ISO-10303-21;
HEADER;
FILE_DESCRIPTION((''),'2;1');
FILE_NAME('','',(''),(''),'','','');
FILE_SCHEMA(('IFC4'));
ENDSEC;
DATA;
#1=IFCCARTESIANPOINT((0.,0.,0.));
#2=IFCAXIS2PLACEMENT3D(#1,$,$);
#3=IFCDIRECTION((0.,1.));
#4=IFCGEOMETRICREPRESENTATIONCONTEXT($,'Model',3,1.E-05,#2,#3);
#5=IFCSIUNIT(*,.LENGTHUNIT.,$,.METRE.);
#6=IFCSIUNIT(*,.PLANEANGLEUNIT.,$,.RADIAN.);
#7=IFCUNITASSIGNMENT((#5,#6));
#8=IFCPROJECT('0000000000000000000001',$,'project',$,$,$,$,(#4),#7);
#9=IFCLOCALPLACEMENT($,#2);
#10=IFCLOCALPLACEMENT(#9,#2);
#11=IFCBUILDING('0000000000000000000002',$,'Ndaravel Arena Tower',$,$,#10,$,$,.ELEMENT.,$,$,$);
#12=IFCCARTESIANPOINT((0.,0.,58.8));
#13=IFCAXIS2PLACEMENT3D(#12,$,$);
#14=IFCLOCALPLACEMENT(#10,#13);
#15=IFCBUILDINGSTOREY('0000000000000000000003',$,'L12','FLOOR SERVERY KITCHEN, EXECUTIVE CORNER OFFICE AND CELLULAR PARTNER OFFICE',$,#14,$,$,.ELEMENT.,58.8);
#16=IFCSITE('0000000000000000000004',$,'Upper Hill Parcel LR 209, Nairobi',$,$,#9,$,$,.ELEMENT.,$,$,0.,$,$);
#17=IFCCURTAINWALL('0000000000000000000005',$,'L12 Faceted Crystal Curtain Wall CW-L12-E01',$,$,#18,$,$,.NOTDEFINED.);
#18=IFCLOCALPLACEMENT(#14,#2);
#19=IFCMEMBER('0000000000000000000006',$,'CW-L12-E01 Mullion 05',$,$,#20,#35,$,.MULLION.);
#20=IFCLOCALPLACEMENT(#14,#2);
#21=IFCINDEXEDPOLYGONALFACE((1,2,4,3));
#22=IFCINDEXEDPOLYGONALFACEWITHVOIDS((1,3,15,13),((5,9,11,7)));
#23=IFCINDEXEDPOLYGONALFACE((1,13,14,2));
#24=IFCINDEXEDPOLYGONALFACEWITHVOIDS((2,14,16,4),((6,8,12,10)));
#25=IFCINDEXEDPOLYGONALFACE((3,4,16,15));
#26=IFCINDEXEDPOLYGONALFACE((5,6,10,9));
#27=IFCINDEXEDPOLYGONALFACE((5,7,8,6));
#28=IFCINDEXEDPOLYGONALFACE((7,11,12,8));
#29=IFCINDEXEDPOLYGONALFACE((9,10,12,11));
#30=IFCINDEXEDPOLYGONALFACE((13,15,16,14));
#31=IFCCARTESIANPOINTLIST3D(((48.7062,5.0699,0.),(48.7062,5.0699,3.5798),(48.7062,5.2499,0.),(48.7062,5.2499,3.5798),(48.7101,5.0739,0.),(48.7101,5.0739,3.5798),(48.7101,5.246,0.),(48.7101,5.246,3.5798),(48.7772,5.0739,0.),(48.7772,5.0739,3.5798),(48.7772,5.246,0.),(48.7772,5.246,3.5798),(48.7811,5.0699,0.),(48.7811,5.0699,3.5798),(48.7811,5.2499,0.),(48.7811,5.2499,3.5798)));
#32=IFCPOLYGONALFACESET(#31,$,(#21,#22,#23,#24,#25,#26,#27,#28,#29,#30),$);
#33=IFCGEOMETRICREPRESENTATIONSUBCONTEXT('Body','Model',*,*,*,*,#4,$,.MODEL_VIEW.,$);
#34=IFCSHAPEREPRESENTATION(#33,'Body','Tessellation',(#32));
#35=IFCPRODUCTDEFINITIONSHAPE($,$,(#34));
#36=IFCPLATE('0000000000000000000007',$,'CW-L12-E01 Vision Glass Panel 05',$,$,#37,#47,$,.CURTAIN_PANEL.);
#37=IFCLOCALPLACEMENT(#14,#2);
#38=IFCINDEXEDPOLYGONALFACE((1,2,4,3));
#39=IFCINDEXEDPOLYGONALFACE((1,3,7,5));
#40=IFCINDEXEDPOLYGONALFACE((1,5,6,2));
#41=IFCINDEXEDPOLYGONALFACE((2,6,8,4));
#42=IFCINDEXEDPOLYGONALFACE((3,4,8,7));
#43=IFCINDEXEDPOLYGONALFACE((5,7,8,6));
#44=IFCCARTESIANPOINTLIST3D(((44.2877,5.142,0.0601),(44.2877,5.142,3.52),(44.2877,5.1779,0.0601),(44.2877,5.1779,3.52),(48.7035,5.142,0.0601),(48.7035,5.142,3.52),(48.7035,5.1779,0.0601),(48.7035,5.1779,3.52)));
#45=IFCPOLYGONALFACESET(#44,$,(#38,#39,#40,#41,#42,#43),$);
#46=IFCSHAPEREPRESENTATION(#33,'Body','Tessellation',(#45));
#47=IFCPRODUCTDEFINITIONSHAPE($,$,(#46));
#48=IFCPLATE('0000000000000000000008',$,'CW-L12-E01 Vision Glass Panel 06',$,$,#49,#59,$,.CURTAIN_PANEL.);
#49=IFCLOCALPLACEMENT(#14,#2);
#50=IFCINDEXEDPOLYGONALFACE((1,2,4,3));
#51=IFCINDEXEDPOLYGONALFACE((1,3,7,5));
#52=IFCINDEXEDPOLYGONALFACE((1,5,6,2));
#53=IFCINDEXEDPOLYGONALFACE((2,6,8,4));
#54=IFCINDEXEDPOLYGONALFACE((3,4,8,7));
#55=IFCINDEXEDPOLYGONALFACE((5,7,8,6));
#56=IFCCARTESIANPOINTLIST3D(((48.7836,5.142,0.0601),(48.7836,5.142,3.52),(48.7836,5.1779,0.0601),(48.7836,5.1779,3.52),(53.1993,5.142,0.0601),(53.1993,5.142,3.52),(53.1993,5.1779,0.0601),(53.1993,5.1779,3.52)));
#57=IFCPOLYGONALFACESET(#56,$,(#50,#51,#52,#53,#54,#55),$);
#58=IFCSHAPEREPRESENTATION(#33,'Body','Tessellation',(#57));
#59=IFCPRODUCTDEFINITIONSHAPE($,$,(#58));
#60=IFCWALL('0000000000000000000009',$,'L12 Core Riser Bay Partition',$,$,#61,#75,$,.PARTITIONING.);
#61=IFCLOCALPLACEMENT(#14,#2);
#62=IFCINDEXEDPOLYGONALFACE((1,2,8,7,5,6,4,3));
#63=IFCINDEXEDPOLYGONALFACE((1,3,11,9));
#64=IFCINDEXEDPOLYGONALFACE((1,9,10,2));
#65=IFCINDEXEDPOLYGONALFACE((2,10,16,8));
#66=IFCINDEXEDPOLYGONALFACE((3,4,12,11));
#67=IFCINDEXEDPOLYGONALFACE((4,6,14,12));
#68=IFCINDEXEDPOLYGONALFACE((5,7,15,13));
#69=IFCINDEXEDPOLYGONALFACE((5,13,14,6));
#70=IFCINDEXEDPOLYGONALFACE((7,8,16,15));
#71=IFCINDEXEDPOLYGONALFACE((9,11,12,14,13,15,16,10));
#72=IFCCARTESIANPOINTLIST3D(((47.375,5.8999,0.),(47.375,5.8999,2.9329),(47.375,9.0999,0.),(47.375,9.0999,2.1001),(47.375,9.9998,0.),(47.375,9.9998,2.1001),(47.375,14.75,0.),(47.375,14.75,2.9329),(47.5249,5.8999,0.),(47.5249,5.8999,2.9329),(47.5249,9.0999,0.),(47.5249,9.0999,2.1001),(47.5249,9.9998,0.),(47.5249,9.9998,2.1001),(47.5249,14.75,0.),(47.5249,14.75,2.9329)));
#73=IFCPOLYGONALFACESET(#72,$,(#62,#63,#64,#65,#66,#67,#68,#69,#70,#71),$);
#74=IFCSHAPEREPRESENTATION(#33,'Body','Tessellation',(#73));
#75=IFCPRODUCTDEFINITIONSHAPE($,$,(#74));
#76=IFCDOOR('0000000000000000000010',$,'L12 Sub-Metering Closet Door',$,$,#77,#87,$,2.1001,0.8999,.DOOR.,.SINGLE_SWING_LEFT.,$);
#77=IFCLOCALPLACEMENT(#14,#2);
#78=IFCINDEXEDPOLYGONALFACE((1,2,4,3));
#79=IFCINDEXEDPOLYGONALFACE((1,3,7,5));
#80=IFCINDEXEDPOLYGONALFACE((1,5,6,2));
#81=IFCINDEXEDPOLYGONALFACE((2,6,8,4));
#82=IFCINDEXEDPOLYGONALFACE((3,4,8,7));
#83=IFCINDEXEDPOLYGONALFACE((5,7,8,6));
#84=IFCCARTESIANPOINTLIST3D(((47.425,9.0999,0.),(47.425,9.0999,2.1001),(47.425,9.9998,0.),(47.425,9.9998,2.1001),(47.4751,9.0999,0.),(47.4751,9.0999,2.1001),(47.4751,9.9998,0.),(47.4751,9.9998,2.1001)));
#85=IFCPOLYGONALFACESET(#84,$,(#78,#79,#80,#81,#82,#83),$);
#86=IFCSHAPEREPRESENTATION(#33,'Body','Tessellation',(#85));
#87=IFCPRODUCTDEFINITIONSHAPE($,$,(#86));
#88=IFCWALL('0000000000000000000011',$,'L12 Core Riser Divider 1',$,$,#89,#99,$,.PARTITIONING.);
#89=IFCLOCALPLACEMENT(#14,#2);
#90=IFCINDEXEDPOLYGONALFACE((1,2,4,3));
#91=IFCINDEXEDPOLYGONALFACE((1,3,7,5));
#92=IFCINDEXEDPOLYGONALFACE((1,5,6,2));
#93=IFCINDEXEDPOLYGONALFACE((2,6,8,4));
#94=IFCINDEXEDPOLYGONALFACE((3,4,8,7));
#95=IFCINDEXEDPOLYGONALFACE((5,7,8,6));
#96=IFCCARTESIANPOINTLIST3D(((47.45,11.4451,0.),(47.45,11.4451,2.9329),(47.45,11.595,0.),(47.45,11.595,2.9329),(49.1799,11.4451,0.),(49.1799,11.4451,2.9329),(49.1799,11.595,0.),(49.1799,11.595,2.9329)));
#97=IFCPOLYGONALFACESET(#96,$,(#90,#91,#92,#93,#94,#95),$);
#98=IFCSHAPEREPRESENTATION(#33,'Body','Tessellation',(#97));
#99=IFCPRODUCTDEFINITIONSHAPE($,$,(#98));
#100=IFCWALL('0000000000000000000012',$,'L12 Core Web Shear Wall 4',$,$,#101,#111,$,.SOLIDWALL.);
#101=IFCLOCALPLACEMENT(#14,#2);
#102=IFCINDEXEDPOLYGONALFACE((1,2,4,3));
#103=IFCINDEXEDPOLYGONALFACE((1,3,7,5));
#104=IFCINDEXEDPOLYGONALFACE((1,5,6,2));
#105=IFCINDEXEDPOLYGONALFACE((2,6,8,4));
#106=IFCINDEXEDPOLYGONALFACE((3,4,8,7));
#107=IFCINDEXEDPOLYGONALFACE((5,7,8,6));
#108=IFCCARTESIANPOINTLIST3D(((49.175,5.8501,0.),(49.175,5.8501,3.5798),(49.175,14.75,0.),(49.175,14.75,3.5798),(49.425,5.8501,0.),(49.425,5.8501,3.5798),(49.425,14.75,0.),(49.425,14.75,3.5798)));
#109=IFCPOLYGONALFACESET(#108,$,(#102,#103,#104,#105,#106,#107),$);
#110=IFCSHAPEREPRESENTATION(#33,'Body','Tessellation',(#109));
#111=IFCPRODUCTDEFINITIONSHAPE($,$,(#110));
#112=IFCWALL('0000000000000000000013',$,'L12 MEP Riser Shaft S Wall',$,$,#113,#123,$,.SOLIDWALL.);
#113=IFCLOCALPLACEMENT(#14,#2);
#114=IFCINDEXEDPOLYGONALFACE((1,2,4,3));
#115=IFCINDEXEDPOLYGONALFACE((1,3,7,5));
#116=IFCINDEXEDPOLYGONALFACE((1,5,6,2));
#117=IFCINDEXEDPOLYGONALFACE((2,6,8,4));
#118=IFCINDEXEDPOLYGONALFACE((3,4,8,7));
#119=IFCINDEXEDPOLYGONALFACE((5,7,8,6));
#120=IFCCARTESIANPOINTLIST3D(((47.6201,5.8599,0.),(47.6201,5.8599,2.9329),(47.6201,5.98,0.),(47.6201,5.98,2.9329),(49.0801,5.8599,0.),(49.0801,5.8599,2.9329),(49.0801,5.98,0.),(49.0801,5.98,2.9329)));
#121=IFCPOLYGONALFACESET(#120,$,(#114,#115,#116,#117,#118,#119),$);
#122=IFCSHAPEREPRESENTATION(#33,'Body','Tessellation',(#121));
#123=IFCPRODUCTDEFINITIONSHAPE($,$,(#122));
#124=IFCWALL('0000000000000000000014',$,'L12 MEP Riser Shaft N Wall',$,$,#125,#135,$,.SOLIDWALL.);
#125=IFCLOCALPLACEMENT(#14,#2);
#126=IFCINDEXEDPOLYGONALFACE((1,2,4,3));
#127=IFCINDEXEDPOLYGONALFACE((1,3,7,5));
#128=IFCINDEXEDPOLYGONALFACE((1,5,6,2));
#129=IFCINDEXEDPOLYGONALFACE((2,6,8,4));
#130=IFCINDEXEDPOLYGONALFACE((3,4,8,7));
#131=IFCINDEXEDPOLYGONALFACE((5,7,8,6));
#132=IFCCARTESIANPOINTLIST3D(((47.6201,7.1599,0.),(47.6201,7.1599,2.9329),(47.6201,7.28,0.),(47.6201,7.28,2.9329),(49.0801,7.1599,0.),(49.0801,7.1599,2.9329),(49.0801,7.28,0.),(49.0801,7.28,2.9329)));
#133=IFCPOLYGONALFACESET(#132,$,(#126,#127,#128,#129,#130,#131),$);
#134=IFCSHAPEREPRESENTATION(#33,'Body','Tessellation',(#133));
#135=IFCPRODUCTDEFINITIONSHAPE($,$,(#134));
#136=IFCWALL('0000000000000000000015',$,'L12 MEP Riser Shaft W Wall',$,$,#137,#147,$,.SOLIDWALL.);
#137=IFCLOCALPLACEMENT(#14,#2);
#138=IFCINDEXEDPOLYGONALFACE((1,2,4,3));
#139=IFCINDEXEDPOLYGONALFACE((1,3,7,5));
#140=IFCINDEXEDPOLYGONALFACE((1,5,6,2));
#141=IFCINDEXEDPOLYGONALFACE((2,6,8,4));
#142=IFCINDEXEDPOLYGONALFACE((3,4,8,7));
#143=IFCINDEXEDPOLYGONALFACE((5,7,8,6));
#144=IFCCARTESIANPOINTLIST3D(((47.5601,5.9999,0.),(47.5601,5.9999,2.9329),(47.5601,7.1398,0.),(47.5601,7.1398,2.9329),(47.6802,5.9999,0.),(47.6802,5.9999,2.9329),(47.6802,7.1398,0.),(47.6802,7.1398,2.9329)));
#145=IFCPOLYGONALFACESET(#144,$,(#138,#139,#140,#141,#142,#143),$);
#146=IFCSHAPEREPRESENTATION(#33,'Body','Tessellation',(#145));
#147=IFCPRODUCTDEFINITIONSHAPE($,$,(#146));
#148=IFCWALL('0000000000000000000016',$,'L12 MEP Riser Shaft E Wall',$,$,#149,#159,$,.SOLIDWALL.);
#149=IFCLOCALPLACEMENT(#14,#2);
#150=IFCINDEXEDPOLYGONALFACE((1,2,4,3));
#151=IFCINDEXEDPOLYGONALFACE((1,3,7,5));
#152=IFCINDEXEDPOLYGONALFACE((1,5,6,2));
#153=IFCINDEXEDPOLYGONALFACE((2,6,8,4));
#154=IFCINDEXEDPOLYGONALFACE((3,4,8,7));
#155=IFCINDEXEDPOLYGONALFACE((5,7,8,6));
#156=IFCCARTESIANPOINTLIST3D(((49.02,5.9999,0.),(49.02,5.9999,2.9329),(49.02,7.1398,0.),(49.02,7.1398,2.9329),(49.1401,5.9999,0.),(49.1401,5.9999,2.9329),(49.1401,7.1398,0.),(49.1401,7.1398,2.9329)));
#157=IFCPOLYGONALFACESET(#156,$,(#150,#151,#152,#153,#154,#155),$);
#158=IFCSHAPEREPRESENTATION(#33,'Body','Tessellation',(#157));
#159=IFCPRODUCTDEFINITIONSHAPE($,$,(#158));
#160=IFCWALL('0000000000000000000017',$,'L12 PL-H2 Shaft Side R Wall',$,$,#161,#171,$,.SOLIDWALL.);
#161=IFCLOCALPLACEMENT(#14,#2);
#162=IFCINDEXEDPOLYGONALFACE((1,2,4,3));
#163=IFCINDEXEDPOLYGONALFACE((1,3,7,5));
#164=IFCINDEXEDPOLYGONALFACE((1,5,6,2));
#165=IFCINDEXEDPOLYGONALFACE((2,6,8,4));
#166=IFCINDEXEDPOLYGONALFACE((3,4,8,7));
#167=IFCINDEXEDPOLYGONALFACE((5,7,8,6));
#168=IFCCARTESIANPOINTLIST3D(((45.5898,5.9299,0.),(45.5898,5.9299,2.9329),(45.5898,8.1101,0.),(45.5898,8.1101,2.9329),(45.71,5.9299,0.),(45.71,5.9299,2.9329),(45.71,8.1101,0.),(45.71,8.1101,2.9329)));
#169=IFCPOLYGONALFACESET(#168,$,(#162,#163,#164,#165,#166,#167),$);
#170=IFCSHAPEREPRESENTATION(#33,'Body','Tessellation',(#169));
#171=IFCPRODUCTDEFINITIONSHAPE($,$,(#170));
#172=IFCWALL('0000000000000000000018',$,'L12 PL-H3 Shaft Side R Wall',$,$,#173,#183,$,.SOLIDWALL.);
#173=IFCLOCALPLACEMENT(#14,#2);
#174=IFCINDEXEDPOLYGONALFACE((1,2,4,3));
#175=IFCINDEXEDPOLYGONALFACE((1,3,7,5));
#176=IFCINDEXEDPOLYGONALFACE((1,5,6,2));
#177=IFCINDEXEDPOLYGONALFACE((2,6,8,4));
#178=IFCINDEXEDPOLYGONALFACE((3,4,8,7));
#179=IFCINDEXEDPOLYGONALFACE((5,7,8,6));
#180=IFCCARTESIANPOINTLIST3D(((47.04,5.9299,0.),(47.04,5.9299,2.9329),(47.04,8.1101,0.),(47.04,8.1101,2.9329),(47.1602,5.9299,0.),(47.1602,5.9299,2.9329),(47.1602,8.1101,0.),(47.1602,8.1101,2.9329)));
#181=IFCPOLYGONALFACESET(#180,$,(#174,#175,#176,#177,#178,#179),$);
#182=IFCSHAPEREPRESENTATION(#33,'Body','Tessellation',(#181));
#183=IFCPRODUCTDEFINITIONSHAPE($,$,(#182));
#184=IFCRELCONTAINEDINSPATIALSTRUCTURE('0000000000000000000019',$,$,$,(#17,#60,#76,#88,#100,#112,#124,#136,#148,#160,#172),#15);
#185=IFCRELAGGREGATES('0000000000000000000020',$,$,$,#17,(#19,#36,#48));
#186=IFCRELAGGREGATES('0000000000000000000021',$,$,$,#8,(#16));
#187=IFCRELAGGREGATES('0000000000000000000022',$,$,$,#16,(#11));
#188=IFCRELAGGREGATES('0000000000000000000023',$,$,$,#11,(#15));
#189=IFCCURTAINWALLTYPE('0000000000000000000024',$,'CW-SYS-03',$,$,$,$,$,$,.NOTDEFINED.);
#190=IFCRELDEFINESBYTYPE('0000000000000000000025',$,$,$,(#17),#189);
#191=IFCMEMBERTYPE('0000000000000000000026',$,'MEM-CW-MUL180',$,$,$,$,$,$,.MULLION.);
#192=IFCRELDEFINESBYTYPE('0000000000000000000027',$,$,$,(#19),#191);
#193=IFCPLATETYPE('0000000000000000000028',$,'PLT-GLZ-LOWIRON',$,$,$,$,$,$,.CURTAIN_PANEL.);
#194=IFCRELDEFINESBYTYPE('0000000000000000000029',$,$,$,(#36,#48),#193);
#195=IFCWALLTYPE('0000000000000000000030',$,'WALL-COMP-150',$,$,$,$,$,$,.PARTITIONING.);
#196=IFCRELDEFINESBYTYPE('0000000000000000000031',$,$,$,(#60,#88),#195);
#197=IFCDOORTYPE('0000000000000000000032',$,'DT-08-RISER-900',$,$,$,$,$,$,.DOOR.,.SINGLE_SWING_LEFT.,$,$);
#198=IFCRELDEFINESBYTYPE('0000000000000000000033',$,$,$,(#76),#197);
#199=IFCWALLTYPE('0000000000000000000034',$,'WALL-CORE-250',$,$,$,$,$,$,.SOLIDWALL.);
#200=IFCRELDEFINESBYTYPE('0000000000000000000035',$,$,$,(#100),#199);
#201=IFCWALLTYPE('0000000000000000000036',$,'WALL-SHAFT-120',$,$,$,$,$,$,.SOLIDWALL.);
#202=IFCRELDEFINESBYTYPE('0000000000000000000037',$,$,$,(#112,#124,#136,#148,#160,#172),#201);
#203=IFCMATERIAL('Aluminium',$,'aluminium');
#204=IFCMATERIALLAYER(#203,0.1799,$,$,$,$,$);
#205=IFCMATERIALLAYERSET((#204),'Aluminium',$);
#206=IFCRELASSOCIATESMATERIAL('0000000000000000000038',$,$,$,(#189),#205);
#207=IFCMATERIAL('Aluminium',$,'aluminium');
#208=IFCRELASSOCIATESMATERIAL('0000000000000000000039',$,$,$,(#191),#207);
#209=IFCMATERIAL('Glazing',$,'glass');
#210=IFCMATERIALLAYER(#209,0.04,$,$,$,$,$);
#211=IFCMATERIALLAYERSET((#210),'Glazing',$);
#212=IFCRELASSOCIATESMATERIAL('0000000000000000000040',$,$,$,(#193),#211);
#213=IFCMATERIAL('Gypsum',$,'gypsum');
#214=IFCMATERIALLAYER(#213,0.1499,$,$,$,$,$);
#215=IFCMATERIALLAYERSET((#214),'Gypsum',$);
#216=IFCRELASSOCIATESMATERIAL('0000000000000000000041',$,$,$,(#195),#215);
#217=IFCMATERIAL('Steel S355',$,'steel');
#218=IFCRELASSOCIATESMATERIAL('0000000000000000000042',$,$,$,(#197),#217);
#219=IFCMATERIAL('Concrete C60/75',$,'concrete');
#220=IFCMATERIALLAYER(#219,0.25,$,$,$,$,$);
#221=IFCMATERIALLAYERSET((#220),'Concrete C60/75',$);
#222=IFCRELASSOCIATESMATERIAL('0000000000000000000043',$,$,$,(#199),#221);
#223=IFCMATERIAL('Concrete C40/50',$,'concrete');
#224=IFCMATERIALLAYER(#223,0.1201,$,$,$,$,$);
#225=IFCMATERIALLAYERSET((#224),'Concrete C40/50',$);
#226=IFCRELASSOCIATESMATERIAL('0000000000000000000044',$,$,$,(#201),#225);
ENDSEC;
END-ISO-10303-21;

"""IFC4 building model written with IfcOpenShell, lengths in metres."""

from ifc_helpers import new_model, si_unit, direction, frame, frame_2d, origin, origin_2d, place, context, subcontext, project, spatial, rectangle, hollow_rectangle, extrude, material, layer, layer_set, material_profile, profile_set, type_object, element, fill, aggregate, save


model = new_model("IFC4")

# Units and contexts
model_context = context("Model", 3, precision=1e-05, world=origin(), true_north=direction((0.0, 1.0)))
body_context = subcontext(model_context, "Body", "Model", "MODEL_VIEW")
ifc_project = project(units=[si_unit("LENGTHUNIT", "METRE"), si_unit("PLANEANGLEUNIT", "RADIAN")], contexts=[model_context])

# Site, building, storey
site_placement = place(None, origin())
site = spatial("IfcSite", under=ifc_project, at=site_placement, Name="Upper Hill Parcel LR 209, Nairobi", CompositionType="ELEMENT", RefElevation=0.0)
building_placement = place(site_placement, origin())
building = spatial("IfcBuilding", under=site, at=building_placement, Name="Ndaravel Arena Tower", CompositionType="ELEMENT")
storey_placement = place(building_placement, frame((0.0, 0.0, 58.8)))
storey = spatial("IfcBuildingStorey", under=building, at=storey_placement, Name="L12", Description="FLOOR SERVERY KITCHEN, EXECUTIVE CORNER OFFICE AND CELLULAR PARTNER OFFICE", CompositionType="ELEMENT", Elevation=58.8)

# Curtain wall, member, plates
ifc_material_1 = material(Name="Aluminium", Category="aluminium")
ifc_layer_1 = layer(ifc_material_1, 0.1799)
ifc_layer_set_1 = layer_set([ifc_layer_1], Name="Aluminium")
curtain_wall_type = type_object("IfcCurtainWallType", Name="CW-SYS-03", PredefinedType="NOTDEFINED", material=ifc_layer_set_1)
curtain_wall_placement = place(storey_placement, origin())
curtain_wall = element("IfcCurtainWall", 1, at=curtain_wall_placement, inside=storey, type_object=curtain_wall_type, Name="L12 Faceted Crystal Curtain Wall CW-L12-E01", PredefinedType="NOTDEFINED")
ifc_material_2 = material(Name="Aluminium", Category="aluminium")
ifc_material_profile = material_profile(ifc_material_2, hollow_rectangle(XDim=0.075, YDim=0.1799, WallThickness=0.0039, at=origin_2d()), Name="CW MULLION 75x180x4")
ifc_profile_set = profile_set([ifc_material_profile], Name="Aluminium")
member_type = type_object("IfcMemberType", Name="MEM-CW-MUL180", PredefinedType="MULLION", material=ifc_profile_set)
member_placement = place(storey_placement, frame((48.7437, 5.1599, 0.0), z_axis=(0.0, 0.0, 1.0), x_axis=(1.0, 0.0, 0.0)))
member = element("IfcMember", 2, at=member_placement, type_object=member_type, Name="CW-L12-E01 Mullion 05", PredefinedType="MULLION", context=body_context, shape_type="SweptSolid", body=[
    extrude(hollow_rectangle(XDim=0.075, YDim=0.1799, WallThickness=0.0039, at=origin_2d()), origin(), (0.0, 0.0, 1.0), 3.5798),
])
ifc_material_3 = material(Name="Glazing", Category="glass")
ifc_layer_2 = layer(ifc_material_3, 0.04)
ifc_layer_set_2 = layer_set([ifc_layer_2], Name="Glazing")
plate_type = type_object("IfcPlateType", Name="PLT-GLZ-LOWIRON", PredefinedType="CURTAIN_PANEL", material=ifc_layer_set_2)
plate_1_placement = place(storey_placement, frame((46.4956, 5.1599, 0.0601), z_axis=(0.0, 0.0, 1.0), x_axis=(1.0, 0.0, 0.0)))
plate_1 = element("IfcPlate", 3, at=plate_1_placement, type_object=plate_type, Name="CW-L12-E01 Vision Glass Panel 05", PredefinedType="CURTAIN_PANEL", context=body_context, shape_type="SweptSolid", body=[
    extrude(rectangle(XDim=4.4158, YDim=0.0359, at=origin_2d()), origin(), (0.0, 0.0, 1.0), 3.46),
])
plate_2_placement = place(storey_placement, frame((50.9915, 5.1599, 0.0601), z_axis=(0.0, 0.0, 1.0), x_axis=(1.0, 0.0, 0.0)))
plate_2 = element("IfcPlate", 4, at=plate_2_placement, type_object=plate_type, Name="CW-L12-E01 Vision Glass Panel 06", PredefinedType="CURTAIN_PANEL", context=body_context, shape_type="SweptSolid", body=[
    extrude(rectangle(XDim=4.4158, YDim=0.0359, at=origin_2d()), origin(), (0.0, 0.0, 1.0), 3.46),
])
aggregate(curtain_wall, [member, plate_1, plate_2])

# Wall, opening, door
ifc_material_4 = material(Name="Gypsum", Category="gypsum")
ifc_layer_3 = layer(ifc_material_4, 0.1499)
ifc_layer_set_3 = layer_set([ifc_layer_3], Name="Gypsum")
wall_type_1 = type_object("IfcWallType", Name="WALL-COMP-150", PredefinedType="PARTITIONING", material=ifc_layer_set_3)
wall_1_placement = place(storey_placement, frame((47.45, 5.8999, 0.0), z_axis=(0.0, 0.0, 1.0), x_axis=(0.0, 1.0, 0.0)))
wall_1 = element("IfcWall", 5, at=wall_1_placement, inside=storey, type_object=wall_type_1, Name="L12 Core Riser Bay Partition", PredefinedType="PARTITIONING", context=body_context, shape_type="SweptSolid", body=[
    extrude(rectangle(XDim=8.8501, YDim=0.1499, at=frame_2d((4.425, 0.0))), origin(), (0.0, 0.0, 1.0), 2.9329),
])
opening_1_placement = place(wall_1_placement, frame((3.2, 0.0, 0.0)))
opening_1 = element("IfcOpeningElement", 6, at=opening_1_placement, cuts=wall_1, PredefinedType="OPENING", context=body_context, shape_type="SweptSolid", body=[
    extrude(rectangle(XDim=0.8999, YDim=2.1001, at=frame_2d((0.45, 1.05))), frame((0.0, 0.075, 0.0), z_axis=(0.0, -1.0, 0.0), x_axis=(1.0, 0.0, 0.0)), (0.0, 0.0, 1.0), 0.1499),
])
ifc_material_5 = material(Name="Steel S355", Category="steel")
door_type_1 = type_object("IfcDoorType", Name="DT-08-RISER-900", OperationType="SINGLE_SWING_LEFT", PredefinedType="DOOR", material=ifc_material_5)
door_1_placement = place(opening_1_placement, origin())
door_1 = element("IfcDoor", 7, at=door_1_placement, inside=storey, type_object=door_type_1, Name="L12 Sub-Metering Closet Door", OperationType="SINGLE_SWING_LEFT", OverallHeight=2.1001, OverallWidth=0.8999, PredefinedType="DOOR", context=body_context, shape_type="SweptSolid", body=[
    extrude(rectangle(XDim=0.8999, YDim=2.1001, at=frame_2d((0.45, 1.05))), frame((0.0, 0.0249, 0.0), z_axis=(0.0, -1.0, 0.0), x_axis=(1.0, 0.0, 0.0)), (0.0, 0.0, 1.0), 0.05),
])
fill(opening_1, door_1)

# Walls
wall_2_placement = place(storey_placement, frame((47.45, 11.52, 0.0), z_axis=(0.0, 0.0, 1.0), x_axis=(1.0, 0.0, 0.0)))
element("IfcWall", 8, at=wall_2_placement, inside=storey, type_object=wall_type_1, Name="L12 Core Riser Divider 1", PredefinedType="PARTITIONING", context=body_context, shape_type="SweptSolid", body=[
    extrude(rectangle(XDim=1.73, YDim=0.1499, at=frame_2d((0.865, 0.0))), origin(), (0.0, 0.0, 1.0), 2.9329),
])
ifc_material_6 = material(Name="Concrete C60/75", Category="concrete")
ifc_layer_4 = layer(ifc_material_6, 0.25)
ifc_layer_set_4 = layer_set([ifc_layer_4], Name="Concrete C60/75")
wall_type_2 = type_object("IfcWallType", Name="WALL-CORE-250", PredefinedType="SOLIDWALL", material=ifc_layer_set_4)
wall_3_placement = place(storey_placement, frame((49.3, 5.8501, 0.0), z_axis=(0.0, 0.0, 1.0), x_axis=(0.0, 1.0, 0.0)))
element("IfcWall", 9, at=wall_3_placement, inside=storey, type_object=wall_type_2, Name="L12 Core Web Shear Wall 4", PredefinedType="SOLIDWALL", context=body_context, shape_type="SweptSolid", body=[
    extrude(rectangle(XDim=8.8999, YDim=0.25, at=frame_2d((4.45, 0.0))), origin(), (0.0, 0.0, 1.0), 3.5798),
])
ifc_material_7 = material(Name="Concrete C40/50", Category="concrete")
ifc_layer_5 = layer(ifc_material_7, 0.1201)
ifc_layer_set_5 = layer_set([ifc_layer_5], Name="Concrete C40/50")
wall_type_3 = type_object("IfcWallType", Name="WALL-SHAFT-120", PredefinedType="SOLIDWALL", material=ifc_layer_set_5)
for number, where, z_axis, x_axis, name in (
    (10, (47.6201, 5.9199, 0.0), (0.0, 0.0, 1.0), (1.0, 0.0, 0.0), "L12 MEP Riser Shaft S Wall"),
    (11, (47.6201, 7.22, 0.0), (0.0, 0.0, 1.0), (1.0, 0.0, 0.0), "L12 MEP Riser Shaft N Wall"),
):
    element("IfcWall", number, at=place(storey_placement, frame(where, z_axis=z_axis, x_axis=x_axis)), inside=storey, type_object=wall_type_3, Name=name, PredefinedType="SOLIDWALL", context=body_context, shape_type="SweptSolid", body=[
        extrude(rectangle(XDim=1.46, YDim=0.1201, at=frame_2d((0.73, 0.0))), origin(), (0.0, 0.0, 1.0), 2.9329),
    ])
for number, where, z_axis, x_axis, name in (
    (12, (47.6201, 6.0, 0.0), (0.0, 0.0, 1.0), (0.0, 1.0, 0.0), "L12 MEP Riser Shaft W Wall"),
    (13, (49.0801, 6.0, 0.0), (0.0, 0.0, 1.0), (0.0, 1.0, 0.0), "L12 MEP Riser Shaft E Wall"),
):
    element("IfcWall", number, at=place(storey_placement, frame(where, z_axis=z_axis, x_axis=x_axis)), inside=storey, type_object=wall_type_3, Name=name, PredefinedType="SOLIDWALL", context=body_context, shape_type="SweptSolid", body=[
        extrude(rectangle(XDim=1.1399, YDim=0.1201, at=frame_2d((0.5698, 0.0))), origin(), (0.0, 0.0, 1.0), 2.9329),
    ])
for number, where, z_axis, x_axis, name in (
    (14, (45.6499, 5.9299, 0.0), (0.0, 0.0, 1.0), (0.0, 1.0, 0.0), "L12 PL-H2 Shaft Side R Wall"),
    (15, (47.1001, 5.9299, 0.0), (0.0, 0.0, 1.0), (0.0, 1.0, 0.0), "L12 PL-H3 Shaft Side R Wall"),
):
    element("IfcWall", number, at=place(storey_placement, frame(where, z_axis=z_axis, x_axis=x_axis)), inside=storey, type_object=wall_type_3, Name=name, PredefinedType="SOLIDWALL", context=body_context, shape_type="SweptSolid", body=[
        extrude(rectangle(XDim=2.1802, YDim=0.1201, at=frame_2d((1.0901, 0.0))), origin(), (0.0, 0.0, 1.0), 2.9329),
    ])

save(model, "model.ifc")
